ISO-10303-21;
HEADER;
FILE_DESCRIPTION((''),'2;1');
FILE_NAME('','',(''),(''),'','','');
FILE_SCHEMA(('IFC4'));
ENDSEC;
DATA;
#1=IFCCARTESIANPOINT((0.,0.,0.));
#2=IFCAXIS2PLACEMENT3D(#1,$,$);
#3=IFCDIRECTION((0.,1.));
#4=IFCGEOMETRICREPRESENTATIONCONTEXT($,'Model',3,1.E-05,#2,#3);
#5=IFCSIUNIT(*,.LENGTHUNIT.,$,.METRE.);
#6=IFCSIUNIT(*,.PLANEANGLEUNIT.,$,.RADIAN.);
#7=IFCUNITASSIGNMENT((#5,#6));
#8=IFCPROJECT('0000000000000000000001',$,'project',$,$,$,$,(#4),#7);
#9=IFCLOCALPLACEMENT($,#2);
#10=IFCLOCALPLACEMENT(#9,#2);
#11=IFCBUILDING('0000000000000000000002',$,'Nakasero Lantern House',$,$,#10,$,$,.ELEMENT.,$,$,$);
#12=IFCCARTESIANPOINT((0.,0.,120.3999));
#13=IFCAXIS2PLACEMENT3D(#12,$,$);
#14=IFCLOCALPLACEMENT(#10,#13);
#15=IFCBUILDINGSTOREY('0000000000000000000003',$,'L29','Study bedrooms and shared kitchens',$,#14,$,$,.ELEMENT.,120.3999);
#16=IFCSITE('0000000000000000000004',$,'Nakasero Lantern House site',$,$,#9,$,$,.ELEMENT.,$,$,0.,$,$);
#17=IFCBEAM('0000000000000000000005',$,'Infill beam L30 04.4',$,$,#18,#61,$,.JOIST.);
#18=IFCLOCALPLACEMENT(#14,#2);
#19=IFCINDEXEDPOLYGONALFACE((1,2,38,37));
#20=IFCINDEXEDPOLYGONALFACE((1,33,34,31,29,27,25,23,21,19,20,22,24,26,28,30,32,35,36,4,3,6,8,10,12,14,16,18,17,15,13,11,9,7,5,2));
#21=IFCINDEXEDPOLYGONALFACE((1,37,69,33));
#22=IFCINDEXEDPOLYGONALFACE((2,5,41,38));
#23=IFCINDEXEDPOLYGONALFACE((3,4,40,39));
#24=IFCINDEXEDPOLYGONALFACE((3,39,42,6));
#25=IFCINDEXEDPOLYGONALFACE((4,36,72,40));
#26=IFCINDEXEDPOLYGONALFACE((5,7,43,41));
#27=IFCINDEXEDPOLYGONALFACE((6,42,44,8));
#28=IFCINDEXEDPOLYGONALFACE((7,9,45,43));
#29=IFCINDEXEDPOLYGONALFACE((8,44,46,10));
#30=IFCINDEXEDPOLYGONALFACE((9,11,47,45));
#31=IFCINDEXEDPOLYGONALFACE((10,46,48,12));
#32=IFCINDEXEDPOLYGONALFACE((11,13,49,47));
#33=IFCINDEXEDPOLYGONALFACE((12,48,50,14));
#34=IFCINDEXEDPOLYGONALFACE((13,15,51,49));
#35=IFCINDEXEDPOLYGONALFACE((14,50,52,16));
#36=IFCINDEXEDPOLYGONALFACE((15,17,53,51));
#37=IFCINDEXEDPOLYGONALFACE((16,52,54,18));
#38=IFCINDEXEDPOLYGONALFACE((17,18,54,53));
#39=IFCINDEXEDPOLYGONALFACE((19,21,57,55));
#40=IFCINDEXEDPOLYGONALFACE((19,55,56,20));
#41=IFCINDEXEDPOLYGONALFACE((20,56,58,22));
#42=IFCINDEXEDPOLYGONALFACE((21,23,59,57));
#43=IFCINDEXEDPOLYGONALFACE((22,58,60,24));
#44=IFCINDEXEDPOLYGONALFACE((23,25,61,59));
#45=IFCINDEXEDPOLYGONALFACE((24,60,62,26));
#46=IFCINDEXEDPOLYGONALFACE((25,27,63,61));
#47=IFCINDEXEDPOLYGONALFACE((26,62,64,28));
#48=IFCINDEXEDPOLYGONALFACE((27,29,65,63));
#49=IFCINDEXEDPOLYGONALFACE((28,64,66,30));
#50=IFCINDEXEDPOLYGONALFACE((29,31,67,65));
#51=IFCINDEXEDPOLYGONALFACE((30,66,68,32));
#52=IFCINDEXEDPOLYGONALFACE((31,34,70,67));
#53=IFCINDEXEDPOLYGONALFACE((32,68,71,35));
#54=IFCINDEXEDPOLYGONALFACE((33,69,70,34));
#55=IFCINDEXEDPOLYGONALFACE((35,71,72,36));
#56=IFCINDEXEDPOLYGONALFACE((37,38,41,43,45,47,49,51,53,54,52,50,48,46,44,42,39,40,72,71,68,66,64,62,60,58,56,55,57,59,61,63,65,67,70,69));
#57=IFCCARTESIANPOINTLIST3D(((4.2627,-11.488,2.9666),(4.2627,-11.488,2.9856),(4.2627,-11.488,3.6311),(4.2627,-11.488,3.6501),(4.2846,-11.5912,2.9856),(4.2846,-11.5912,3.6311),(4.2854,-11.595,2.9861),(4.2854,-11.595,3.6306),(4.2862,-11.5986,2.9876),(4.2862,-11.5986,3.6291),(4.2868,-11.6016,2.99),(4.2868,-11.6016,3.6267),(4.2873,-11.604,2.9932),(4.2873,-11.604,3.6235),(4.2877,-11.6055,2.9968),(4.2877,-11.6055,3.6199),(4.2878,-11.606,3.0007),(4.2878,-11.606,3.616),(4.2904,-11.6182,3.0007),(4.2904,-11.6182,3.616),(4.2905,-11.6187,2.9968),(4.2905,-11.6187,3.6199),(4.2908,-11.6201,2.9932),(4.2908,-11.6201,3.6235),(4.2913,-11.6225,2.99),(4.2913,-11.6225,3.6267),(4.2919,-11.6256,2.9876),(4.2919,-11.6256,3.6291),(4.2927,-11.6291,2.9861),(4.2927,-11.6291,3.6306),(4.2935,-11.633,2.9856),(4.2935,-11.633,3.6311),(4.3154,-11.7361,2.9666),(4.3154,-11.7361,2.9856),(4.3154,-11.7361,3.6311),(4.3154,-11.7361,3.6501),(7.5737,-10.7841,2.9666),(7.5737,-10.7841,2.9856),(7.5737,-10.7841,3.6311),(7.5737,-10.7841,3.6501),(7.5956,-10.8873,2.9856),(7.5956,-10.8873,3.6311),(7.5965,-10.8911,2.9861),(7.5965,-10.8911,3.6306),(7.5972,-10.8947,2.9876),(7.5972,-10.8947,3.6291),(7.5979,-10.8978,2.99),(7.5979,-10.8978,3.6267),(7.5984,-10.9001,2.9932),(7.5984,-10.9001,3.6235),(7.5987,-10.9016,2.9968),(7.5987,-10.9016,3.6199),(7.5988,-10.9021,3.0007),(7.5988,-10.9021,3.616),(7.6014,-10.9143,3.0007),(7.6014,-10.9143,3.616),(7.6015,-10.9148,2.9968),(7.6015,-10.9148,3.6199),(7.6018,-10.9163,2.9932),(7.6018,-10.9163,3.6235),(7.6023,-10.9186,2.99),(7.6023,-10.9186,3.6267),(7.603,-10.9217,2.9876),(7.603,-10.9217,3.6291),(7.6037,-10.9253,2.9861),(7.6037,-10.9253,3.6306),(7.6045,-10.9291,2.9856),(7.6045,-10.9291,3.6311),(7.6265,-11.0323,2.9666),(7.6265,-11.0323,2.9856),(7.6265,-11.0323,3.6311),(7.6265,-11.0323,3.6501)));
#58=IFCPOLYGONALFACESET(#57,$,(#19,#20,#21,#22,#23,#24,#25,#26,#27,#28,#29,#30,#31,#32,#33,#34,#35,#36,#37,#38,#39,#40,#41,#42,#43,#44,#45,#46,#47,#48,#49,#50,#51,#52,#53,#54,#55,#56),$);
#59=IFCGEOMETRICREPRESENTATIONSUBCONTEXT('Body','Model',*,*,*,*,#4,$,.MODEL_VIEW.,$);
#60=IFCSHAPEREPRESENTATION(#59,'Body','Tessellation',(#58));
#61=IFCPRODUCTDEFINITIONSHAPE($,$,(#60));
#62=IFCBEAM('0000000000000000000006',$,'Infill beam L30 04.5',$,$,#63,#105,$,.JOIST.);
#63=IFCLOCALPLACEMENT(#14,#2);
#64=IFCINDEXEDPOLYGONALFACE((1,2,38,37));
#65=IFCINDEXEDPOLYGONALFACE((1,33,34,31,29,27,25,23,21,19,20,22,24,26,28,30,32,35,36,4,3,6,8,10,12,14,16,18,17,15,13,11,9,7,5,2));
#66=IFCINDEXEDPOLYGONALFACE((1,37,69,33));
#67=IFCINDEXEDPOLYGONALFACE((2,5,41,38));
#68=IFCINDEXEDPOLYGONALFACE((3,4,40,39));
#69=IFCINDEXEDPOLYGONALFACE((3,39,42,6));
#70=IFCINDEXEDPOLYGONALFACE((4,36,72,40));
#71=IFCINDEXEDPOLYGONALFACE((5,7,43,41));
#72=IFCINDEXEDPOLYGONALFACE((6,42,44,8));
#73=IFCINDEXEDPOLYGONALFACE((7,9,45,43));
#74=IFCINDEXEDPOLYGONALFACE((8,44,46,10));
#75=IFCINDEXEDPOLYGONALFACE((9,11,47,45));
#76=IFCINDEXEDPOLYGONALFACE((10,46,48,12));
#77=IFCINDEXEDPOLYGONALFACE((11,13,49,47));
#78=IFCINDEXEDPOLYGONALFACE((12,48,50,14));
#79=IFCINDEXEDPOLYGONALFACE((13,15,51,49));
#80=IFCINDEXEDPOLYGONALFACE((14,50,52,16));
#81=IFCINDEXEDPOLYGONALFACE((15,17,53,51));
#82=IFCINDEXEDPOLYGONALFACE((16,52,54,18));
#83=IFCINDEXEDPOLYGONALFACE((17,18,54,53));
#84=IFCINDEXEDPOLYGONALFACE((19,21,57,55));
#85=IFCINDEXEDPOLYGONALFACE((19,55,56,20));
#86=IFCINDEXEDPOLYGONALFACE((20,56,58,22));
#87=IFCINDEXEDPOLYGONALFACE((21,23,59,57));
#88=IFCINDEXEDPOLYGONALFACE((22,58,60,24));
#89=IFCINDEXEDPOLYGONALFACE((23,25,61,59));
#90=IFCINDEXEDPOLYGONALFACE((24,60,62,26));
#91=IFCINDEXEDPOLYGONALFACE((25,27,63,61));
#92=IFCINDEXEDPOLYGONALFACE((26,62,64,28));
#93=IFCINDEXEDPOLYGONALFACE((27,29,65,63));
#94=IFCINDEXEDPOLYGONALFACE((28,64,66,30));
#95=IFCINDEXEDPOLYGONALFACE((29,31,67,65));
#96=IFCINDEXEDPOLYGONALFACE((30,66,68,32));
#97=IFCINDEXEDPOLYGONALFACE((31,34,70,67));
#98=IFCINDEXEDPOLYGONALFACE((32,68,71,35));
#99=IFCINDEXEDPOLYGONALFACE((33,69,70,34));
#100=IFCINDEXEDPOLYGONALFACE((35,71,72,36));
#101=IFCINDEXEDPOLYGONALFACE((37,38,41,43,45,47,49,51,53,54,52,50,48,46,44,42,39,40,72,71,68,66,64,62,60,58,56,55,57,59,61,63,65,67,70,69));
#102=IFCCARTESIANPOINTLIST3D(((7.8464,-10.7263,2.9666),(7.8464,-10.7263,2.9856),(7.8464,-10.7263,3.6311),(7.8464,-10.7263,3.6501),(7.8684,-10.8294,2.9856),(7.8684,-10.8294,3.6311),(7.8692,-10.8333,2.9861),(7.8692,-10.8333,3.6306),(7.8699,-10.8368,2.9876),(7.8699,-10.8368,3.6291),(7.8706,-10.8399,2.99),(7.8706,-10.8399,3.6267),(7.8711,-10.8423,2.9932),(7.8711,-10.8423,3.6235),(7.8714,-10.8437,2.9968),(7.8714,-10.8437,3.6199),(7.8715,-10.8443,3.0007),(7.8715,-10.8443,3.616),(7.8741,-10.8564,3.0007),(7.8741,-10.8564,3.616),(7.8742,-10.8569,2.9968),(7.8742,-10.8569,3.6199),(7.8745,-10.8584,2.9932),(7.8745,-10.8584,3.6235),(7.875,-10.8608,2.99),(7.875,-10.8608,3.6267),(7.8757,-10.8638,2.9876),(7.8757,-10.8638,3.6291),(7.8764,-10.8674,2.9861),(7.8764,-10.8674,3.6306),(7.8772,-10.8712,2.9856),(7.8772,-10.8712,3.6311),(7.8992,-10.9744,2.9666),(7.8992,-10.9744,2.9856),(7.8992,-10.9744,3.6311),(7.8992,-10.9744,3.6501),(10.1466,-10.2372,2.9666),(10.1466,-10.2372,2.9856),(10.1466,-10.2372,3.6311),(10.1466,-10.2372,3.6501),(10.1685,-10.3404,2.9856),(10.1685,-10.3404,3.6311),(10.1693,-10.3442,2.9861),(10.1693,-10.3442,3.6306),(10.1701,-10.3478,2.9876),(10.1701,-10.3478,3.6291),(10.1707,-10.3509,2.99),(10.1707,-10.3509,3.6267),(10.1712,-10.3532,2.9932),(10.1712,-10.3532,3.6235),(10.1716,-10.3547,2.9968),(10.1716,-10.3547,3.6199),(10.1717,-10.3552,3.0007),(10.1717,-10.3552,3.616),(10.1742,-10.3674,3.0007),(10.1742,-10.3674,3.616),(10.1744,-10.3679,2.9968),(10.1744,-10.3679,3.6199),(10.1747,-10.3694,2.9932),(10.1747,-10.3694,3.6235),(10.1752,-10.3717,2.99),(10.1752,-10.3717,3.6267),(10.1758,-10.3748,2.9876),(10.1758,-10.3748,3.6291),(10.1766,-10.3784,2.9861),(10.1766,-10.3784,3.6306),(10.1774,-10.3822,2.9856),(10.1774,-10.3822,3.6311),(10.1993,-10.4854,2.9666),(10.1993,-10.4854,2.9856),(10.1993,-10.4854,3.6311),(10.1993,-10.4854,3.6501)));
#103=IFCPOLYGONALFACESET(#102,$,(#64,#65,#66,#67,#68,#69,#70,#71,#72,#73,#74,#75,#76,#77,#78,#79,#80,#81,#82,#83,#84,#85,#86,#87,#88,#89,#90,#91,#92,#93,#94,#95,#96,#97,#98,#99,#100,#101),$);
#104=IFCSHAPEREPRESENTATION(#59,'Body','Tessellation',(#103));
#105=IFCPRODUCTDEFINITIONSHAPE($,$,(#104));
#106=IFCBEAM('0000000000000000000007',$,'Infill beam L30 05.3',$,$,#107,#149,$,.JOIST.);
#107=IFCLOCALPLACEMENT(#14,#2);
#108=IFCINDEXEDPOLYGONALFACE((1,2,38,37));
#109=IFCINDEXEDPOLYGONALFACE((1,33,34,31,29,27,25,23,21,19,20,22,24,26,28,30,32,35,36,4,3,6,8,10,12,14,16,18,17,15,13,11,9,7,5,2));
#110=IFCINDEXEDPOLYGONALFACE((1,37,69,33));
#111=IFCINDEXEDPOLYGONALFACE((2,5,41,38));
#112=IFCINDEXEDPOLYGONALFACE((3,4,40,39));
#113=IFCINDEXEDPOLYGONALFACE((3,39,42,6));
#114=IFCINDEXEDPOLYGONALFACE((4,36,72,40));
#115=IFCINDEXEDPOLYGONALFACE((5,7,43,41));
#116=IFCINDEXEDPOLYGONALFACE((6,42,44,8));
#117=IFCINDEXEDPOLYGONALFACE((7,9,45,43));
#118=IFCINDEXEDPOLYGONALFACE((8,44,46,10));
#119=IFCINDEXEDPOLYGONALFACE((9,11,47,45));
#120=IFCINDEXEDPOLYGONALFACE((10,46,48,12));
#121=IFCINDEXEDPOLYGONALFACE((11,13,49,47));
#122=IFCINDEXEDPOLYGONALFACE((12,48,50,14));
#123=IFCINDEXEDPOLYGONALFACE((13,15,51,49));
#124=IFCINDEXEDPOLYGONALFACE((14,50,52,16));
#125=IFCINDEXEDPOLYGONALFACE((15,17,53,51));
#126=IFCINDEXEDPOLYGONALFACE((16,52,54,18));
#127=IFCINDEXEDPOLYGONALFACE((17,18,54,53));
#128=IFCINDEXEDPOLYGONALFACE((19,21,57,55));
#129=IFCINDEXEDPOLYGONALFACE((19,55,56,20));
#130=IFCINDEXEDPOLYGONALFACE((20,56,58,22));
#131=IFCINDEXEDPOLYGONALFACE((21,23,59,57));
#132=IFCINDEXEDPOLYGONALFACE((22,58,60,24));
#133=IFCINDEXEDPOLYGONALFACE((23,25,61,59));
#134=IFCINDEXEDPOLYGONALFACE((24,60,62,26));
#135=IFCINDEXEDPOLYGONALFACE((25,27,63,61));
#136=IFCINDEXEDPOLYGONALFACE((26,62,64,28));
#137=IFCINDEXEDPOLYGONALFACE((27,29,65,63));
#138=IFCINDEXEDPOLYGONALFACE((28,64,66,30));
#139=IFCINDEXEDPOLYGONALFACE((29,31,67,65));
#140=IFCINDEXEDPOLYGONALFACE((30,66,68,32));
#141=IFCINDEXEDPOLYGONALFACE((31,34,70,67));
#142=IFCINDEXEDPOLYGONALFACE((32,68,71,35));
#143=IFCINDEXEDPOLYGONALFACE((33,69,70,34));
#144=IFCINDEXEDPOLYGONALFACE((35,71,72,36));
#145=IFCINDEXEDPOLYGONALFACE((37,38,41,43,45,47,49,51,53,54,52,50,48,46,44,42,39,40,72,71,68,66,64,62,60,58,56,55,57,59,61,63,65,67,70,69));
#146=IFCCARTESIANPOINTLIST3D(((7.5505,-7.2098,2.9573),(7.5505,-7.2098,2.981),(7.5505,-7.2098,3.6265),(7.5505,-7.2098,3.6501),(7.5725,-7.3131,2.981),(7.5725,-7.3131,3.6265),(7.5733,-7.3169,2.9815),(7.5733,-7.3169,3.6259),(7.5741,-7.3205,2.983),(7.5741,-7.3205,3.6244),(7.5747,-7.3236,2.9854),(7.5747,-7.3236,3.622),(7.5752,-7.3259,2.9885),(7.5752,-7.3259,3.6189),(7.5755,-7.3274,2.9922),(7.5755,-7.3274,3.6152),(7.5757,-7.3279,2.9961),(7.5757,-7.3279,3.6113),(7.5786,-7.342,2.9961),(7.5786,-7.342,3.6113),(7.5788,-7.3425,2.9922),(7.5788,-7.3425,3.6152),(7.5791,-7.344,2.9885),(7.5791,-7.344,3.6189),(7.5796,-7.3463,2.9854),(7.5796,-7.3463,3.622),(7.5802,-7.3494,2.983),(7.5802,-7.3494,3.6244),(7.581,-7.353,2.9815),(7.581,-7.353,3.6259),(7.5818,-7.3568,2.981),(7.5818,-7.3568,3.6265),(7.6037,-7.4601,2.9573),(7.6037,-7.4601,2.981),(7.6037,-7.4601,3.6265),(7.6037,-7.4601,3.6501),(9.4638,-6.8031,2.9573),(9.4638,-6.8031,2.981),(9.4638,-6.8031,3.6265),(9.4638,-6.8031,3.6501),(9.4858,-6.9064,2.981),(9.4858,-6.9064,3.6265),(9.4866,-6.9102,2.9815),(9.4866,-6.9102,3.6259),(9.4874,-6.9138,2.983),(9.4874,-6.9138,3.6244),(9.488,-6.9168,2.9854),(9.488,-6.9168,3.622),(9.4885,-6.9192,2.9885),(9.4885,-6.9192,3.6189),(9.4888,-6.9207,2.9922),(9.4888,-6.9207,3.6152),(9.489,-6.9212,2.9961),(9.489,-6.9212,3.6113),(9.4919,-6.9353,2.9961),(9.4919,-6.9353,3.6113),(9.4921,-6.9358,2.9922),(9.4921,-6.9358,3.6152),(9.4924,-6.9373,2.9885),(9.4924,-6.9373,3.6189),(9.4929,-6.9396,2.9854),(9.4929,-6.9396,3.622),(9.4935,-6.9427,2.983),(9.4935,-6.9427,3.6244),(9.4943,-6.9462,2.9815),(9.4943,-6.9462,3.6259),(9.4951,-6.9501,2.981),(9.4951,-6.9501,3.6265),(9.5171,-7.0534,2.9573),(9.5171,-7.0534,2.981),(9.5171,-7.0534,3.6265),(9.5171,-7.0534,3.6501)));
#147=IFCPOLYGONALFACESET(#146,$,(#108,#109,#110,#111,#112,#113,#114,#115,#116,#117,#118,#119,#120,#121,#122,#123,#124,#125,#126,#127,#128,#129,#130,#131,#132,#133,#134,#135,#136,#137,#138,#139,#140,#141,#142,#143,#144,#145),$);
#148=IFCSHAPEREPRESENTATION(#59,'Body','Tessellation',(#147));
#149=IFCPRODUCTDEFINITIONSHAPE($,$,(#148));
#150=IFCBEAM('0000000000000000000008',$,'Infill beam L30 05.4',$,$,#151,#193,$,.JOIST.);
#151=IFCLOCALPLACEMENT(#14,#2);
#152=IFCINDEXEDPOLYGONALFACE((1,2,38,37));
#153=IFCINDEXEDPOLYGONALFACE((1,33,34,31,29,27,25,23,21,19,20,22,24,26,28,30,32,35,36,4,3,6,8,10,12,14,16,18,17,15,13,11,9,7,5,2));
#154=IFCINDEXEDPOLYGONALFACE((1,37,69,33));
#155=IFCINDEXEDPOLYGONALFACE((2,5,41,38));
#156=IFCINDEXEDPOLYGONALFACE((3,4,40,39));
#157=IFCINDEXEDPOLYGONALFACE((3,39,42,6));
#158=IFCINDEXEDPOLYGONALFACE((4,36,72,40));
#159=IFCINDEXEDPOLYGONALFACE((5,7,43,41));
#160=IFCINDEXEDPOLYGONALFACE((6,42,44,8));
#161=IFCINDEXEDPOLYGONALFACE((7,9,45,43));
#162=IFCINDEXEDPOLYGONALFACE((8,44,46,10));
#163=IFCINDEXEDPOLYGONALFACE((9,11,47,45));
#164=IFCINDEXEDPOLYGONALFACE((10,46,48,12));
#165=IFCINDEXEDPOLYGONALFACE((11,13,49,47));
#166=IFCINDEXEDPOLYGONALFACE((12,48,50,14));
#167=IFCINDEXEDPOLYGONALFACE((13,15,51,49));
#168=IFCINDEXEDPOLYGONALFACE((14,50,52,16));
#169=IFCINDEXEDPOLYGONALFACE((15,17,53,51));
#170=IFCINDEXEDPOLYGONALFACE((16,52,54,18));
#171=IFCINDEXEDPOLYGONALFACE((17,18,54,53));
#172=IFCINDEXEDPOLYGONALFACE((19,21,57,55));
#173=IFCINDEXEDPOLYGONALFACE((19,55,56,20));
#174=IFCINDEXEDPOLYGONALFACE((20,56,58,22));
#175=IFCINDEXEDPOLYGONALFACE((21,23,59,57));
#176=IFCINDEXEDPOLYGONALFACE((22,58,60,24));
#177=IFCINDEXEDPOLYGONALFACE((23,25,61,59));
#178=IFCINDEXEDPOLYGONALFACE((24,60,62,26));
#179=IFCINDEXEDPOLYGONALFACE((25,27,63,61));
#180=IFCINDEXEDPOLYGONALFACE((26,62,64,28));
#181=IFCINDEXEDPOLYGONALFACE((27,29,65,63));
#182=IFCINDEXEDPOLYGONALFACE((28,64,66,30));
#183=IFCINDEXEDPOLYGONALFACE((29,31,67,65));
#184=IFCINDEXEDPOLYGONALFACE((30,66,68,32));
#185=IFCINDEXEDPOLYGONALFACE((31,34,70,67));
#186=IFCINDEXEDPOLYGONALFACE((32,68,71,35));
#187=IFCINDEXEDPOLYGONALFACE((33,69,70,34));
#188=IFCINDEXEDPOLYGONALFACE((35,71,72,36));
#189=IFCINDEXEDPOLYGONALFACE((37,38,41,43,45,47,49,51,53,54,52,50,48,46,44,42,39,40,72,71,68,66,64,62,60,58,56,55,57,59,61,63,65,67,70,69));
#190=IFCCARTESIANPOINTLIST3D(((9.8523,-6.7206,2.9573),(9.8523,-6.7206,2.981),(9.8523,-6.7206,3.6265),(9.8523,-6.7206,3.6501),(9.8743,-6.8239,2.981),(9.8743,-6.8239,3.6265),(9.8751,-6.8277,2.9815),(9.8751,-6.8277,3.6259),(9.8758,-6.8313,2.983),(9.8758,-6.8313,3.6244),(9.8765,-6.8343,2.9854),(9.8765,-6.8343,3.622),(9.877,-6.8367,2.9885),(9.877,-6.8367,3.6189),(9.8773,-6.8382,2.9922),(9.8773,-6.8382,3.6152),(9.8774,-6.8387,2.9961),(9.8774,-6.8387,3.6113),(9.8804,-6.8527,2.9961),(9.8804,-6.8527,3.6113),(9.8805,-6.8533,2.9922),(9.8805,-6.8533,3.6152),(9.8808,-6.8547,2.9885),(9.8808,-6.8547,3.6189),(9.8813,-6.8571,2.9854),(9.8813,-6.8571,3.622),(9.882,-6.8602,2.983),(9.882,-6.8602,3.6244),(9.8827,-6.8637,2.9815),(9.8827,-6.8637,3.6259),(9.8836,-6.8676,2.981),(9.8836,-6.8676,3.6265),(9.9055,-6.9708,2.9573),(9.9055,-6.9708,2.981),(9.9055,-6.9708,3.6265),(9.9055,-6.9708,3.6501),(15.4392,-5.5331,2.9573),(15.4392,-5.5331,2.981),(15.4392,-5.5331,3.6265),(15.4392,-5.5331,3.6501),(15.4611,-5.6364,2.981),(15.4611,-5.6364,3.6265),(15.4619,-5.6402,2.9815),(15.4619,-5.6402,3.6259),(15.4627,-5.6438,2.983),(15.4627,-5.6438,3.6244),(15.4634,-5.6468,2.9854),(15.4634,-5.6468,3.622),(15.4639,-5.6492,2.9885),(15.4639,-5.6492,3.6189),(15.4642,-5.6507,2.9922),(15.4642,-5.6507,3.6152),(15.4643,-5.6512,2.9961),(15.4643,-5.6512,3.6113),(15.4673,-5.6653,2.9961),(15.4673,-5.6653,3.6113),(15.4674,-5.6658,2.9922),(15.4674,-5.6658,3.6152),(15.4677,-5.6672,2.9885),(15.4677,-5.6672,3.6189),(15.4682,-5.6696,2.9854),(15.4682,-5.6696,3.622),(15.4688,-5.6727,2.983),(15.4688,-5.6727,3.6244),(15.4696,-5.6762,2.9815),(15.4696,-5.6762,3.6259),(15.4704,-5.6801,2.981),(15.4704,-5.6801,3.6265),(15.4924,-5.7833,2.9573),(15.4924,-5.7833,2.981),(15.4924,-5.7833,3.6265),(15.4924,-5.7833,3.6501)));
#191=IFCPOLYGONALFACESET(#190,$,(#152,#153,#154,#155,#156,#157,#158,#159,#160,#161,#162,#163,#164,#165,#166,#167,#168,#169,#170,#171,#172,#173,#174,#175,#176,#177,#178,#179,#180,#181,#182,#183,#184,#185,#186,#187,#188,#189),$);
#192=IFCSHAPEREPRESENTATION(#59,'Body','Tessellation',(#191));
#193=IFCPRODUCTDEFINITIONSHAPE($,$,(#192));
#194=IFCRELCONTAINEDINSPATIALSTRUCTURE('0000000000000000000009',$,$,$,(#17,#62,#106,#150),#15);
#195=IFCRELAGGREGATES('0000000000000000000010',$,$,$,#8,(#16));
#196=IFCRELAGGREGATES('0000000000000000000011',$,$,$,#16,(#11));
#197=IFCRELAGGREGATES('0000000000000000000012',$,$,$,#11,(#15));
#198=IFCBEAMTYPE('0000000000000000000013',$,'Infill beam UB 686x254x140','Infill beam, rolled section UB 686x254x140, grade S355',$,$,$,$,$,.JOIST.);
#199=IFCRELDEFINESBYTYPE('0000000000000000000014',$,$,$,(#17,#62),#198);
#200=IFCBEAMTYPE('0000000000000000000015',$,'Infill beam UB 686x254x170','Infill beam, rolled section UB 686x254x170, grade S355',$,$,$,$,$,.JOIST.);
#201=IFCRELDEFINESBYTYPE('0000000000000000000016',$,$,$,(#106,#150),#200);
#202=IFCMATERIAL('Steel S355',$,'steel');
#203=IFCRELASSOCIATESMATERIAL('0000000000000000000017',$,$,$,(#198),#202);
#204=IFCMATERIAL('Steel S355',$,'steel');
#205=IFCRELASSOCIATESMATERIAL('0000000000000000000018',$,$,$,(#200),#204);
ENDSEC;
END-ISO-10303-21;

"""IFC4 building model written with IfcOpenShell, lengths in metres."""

from ifc_helpers import new_model, si_unit, direction, frame, origin, origin_2d, place, context, subcontext, project, spatial, i_section, extrude, material, material_profile, profile_set, type_object, element, save


model = new_model("IFC4")

# Units and contexts
model_context = context("Model", 3, precision=1e-05, world=origin(), true_north=direction((0.0, 1.0)))
body_context = subcontext(model_context, "Body", "Model", "MODEL_VIEW")
ifc_project = project(units=[si_unit("LENGTHUNIT", "METRE"), si_unit("PLANEANGLEUNIT", "RADIAN")], contexts=[model_context])

# Site, building, storey
site_placement = place(None, origin())
site = spatial("IfcSite", under=ifc_project, at=site_placement, Name="Nakasero Lantern House site", CompositionType="ELEMENT", RefElevation=0.0)
building_placement = place(site_placement, origin())
building = spatial("IfcBuilding", under=site, at=building_placement, Name="Nakasero Lantern House", CompositionType="ELEMENT")
storey_placement = place(building_placement, frame((0.0, 0.0, 120.3999)))
storey = spatial("IfcBuildingStorey", under=building, at=storey_placement, Name="L29", Description="Study bedrooms and shared kitchens", CompositionType="ELEMENT", Elevation=120.3999)

# Beams
ifc_material_1 = material(Name="Steel S355", Category="steel")
ifc_material_profile_1 = material_profile(ifc_material_1, i_section(OverallWidth=0.2537, OverallDepth=0.6836, WebThickness=0.0125, FlangeThickness=0.019, FilletRadius=0.0151, at=origin_2d()), Name="UB 686x254x140")
ifc_profile_set_1 = profile_set([ifc_material_profile_1], Name="Steel S355")
beam_type_1 = type_object("IfcBeamType", Name="Infill beam UB 686x254x140", Description="Infill beam, rolled section UB 686x254x140, grade S355", PredefinedType="JOIST", material=ifc_profile_set_1)
beam_1_placement = place(storey_placement, frame((4.2891, -11.6121, 3.3083), z_axis=(0.978143, 0.207933, 0.0), x_axis=(-0.207933, 0.978143, 0.0)))
element("IfcBeam", 1, at=beam_1_placement, inside=storey, type_object=beam_type_1, Name="Infill beam L30 04.4", PredefinedType="JOIST", context=body_context, shape_type="SweptSolid", body=[
    extrude(i_section(OverallWidth=0.2537, OverallDepth=0.6836, WebThickness=0.0125, FlangeThickness=0.019, FilletRadius=0.0151, at=origin_2d()), origin(), (0.0, 0.0, 1.0), 3.385),
])
beam_2_placement = place(storey_placement, frame((7.8728, -10.8503, 3.3083), z_axis=(0.978137, 0.207962, 0.0), x_axis=(-0.207962, 0.978137, 0.0)))
element("IfcBeam", 2, at=beam_2_placement, inside=storey, type_object=beam_type_1, Name="Infill beam L30 04.5", PredefinedType="JOIST", context=body_context, shape_type="SweptSolid", body=[
    extrude(i_section(OverallWidth=0.2537, OverallDepth=0.6836, WebThickness=0.0125, FlangeThickness=0.019, FilletRadius=0.0151, at=origin_2d()), origin(), (0.0, 0.0, 1.0), 2.3516),
])
ifc_material_2 = material(Name="Steel S355", Category="steel")
ifc_material_profile_2 = material_profile(ifc_material_2, i_section(OverallWidth=0.2559, OverallDepth=0.6929, WebThickness=0.0144, FlangeThickness=0.0237, FilletRadius=0.0151, at=origin_2d()), Name="UB 686x254x170")
ifc_profile_set_2 = profile_set([ifc_material_profile_2], Name="Steel S355")
beam_type_2 = type_object("IfcBeamType", Name="Infill beam UB 686x254x170", Description="Infill beam, rolled section UB 686x254x170, grade S355", PredefinedType="JOIST", material=ifc_profile_set_2)
beam_3_placement = place(storey_placement, frame((7.5771, -7.335, 3.3037), z_axis=(0.978143, 0.207935, 0.0), x_axis=(-0.207935, 0.978143, 0.0)))
element("IfcBeam", 3, at=beam_3_placement, inside=storey, type_object=beam_type_2, Name="Infill beam L30 05.3", PredefinedType="JOIST", context=body_context, shape_type="SweptSolid", body=[
    extrude(i_section(OverallWidth=0.2559, OverallDepth=0.6929, WebThickness=0.0144, FlangeThickness=0.0237, FilletRadius=0.0151, at=origin_2d()), origin(), (0.0, 0.0, 1.0), 1.9561),
])
beam_4_placement = place(storey_placement, frame((9.8789, -6.8457, 3.3037), z_axis=(0.978149, 0.207906, 0.0), x_axis=(-0.207906, 0.978149, 0.0)))
element("IfcBeam", 4, at=beam_4_placement, inside=storey, type_object=beam_type_2, Name="Infill beam L30 05.4", PredefinedType="JOIST", context=body_context, shape_type="SweptSolid", body=[
    extrude(i_section(OverallWidth=0.2559, OverallDepth=0.6929, WebThickness=0.0144, FlangeThickness=0.0237, FilletRadius=0.0151, at=origin_2d()), origin(), (0.0, 0.0, 1.0), 5.7117),
])

save(model, "model.ifc")
